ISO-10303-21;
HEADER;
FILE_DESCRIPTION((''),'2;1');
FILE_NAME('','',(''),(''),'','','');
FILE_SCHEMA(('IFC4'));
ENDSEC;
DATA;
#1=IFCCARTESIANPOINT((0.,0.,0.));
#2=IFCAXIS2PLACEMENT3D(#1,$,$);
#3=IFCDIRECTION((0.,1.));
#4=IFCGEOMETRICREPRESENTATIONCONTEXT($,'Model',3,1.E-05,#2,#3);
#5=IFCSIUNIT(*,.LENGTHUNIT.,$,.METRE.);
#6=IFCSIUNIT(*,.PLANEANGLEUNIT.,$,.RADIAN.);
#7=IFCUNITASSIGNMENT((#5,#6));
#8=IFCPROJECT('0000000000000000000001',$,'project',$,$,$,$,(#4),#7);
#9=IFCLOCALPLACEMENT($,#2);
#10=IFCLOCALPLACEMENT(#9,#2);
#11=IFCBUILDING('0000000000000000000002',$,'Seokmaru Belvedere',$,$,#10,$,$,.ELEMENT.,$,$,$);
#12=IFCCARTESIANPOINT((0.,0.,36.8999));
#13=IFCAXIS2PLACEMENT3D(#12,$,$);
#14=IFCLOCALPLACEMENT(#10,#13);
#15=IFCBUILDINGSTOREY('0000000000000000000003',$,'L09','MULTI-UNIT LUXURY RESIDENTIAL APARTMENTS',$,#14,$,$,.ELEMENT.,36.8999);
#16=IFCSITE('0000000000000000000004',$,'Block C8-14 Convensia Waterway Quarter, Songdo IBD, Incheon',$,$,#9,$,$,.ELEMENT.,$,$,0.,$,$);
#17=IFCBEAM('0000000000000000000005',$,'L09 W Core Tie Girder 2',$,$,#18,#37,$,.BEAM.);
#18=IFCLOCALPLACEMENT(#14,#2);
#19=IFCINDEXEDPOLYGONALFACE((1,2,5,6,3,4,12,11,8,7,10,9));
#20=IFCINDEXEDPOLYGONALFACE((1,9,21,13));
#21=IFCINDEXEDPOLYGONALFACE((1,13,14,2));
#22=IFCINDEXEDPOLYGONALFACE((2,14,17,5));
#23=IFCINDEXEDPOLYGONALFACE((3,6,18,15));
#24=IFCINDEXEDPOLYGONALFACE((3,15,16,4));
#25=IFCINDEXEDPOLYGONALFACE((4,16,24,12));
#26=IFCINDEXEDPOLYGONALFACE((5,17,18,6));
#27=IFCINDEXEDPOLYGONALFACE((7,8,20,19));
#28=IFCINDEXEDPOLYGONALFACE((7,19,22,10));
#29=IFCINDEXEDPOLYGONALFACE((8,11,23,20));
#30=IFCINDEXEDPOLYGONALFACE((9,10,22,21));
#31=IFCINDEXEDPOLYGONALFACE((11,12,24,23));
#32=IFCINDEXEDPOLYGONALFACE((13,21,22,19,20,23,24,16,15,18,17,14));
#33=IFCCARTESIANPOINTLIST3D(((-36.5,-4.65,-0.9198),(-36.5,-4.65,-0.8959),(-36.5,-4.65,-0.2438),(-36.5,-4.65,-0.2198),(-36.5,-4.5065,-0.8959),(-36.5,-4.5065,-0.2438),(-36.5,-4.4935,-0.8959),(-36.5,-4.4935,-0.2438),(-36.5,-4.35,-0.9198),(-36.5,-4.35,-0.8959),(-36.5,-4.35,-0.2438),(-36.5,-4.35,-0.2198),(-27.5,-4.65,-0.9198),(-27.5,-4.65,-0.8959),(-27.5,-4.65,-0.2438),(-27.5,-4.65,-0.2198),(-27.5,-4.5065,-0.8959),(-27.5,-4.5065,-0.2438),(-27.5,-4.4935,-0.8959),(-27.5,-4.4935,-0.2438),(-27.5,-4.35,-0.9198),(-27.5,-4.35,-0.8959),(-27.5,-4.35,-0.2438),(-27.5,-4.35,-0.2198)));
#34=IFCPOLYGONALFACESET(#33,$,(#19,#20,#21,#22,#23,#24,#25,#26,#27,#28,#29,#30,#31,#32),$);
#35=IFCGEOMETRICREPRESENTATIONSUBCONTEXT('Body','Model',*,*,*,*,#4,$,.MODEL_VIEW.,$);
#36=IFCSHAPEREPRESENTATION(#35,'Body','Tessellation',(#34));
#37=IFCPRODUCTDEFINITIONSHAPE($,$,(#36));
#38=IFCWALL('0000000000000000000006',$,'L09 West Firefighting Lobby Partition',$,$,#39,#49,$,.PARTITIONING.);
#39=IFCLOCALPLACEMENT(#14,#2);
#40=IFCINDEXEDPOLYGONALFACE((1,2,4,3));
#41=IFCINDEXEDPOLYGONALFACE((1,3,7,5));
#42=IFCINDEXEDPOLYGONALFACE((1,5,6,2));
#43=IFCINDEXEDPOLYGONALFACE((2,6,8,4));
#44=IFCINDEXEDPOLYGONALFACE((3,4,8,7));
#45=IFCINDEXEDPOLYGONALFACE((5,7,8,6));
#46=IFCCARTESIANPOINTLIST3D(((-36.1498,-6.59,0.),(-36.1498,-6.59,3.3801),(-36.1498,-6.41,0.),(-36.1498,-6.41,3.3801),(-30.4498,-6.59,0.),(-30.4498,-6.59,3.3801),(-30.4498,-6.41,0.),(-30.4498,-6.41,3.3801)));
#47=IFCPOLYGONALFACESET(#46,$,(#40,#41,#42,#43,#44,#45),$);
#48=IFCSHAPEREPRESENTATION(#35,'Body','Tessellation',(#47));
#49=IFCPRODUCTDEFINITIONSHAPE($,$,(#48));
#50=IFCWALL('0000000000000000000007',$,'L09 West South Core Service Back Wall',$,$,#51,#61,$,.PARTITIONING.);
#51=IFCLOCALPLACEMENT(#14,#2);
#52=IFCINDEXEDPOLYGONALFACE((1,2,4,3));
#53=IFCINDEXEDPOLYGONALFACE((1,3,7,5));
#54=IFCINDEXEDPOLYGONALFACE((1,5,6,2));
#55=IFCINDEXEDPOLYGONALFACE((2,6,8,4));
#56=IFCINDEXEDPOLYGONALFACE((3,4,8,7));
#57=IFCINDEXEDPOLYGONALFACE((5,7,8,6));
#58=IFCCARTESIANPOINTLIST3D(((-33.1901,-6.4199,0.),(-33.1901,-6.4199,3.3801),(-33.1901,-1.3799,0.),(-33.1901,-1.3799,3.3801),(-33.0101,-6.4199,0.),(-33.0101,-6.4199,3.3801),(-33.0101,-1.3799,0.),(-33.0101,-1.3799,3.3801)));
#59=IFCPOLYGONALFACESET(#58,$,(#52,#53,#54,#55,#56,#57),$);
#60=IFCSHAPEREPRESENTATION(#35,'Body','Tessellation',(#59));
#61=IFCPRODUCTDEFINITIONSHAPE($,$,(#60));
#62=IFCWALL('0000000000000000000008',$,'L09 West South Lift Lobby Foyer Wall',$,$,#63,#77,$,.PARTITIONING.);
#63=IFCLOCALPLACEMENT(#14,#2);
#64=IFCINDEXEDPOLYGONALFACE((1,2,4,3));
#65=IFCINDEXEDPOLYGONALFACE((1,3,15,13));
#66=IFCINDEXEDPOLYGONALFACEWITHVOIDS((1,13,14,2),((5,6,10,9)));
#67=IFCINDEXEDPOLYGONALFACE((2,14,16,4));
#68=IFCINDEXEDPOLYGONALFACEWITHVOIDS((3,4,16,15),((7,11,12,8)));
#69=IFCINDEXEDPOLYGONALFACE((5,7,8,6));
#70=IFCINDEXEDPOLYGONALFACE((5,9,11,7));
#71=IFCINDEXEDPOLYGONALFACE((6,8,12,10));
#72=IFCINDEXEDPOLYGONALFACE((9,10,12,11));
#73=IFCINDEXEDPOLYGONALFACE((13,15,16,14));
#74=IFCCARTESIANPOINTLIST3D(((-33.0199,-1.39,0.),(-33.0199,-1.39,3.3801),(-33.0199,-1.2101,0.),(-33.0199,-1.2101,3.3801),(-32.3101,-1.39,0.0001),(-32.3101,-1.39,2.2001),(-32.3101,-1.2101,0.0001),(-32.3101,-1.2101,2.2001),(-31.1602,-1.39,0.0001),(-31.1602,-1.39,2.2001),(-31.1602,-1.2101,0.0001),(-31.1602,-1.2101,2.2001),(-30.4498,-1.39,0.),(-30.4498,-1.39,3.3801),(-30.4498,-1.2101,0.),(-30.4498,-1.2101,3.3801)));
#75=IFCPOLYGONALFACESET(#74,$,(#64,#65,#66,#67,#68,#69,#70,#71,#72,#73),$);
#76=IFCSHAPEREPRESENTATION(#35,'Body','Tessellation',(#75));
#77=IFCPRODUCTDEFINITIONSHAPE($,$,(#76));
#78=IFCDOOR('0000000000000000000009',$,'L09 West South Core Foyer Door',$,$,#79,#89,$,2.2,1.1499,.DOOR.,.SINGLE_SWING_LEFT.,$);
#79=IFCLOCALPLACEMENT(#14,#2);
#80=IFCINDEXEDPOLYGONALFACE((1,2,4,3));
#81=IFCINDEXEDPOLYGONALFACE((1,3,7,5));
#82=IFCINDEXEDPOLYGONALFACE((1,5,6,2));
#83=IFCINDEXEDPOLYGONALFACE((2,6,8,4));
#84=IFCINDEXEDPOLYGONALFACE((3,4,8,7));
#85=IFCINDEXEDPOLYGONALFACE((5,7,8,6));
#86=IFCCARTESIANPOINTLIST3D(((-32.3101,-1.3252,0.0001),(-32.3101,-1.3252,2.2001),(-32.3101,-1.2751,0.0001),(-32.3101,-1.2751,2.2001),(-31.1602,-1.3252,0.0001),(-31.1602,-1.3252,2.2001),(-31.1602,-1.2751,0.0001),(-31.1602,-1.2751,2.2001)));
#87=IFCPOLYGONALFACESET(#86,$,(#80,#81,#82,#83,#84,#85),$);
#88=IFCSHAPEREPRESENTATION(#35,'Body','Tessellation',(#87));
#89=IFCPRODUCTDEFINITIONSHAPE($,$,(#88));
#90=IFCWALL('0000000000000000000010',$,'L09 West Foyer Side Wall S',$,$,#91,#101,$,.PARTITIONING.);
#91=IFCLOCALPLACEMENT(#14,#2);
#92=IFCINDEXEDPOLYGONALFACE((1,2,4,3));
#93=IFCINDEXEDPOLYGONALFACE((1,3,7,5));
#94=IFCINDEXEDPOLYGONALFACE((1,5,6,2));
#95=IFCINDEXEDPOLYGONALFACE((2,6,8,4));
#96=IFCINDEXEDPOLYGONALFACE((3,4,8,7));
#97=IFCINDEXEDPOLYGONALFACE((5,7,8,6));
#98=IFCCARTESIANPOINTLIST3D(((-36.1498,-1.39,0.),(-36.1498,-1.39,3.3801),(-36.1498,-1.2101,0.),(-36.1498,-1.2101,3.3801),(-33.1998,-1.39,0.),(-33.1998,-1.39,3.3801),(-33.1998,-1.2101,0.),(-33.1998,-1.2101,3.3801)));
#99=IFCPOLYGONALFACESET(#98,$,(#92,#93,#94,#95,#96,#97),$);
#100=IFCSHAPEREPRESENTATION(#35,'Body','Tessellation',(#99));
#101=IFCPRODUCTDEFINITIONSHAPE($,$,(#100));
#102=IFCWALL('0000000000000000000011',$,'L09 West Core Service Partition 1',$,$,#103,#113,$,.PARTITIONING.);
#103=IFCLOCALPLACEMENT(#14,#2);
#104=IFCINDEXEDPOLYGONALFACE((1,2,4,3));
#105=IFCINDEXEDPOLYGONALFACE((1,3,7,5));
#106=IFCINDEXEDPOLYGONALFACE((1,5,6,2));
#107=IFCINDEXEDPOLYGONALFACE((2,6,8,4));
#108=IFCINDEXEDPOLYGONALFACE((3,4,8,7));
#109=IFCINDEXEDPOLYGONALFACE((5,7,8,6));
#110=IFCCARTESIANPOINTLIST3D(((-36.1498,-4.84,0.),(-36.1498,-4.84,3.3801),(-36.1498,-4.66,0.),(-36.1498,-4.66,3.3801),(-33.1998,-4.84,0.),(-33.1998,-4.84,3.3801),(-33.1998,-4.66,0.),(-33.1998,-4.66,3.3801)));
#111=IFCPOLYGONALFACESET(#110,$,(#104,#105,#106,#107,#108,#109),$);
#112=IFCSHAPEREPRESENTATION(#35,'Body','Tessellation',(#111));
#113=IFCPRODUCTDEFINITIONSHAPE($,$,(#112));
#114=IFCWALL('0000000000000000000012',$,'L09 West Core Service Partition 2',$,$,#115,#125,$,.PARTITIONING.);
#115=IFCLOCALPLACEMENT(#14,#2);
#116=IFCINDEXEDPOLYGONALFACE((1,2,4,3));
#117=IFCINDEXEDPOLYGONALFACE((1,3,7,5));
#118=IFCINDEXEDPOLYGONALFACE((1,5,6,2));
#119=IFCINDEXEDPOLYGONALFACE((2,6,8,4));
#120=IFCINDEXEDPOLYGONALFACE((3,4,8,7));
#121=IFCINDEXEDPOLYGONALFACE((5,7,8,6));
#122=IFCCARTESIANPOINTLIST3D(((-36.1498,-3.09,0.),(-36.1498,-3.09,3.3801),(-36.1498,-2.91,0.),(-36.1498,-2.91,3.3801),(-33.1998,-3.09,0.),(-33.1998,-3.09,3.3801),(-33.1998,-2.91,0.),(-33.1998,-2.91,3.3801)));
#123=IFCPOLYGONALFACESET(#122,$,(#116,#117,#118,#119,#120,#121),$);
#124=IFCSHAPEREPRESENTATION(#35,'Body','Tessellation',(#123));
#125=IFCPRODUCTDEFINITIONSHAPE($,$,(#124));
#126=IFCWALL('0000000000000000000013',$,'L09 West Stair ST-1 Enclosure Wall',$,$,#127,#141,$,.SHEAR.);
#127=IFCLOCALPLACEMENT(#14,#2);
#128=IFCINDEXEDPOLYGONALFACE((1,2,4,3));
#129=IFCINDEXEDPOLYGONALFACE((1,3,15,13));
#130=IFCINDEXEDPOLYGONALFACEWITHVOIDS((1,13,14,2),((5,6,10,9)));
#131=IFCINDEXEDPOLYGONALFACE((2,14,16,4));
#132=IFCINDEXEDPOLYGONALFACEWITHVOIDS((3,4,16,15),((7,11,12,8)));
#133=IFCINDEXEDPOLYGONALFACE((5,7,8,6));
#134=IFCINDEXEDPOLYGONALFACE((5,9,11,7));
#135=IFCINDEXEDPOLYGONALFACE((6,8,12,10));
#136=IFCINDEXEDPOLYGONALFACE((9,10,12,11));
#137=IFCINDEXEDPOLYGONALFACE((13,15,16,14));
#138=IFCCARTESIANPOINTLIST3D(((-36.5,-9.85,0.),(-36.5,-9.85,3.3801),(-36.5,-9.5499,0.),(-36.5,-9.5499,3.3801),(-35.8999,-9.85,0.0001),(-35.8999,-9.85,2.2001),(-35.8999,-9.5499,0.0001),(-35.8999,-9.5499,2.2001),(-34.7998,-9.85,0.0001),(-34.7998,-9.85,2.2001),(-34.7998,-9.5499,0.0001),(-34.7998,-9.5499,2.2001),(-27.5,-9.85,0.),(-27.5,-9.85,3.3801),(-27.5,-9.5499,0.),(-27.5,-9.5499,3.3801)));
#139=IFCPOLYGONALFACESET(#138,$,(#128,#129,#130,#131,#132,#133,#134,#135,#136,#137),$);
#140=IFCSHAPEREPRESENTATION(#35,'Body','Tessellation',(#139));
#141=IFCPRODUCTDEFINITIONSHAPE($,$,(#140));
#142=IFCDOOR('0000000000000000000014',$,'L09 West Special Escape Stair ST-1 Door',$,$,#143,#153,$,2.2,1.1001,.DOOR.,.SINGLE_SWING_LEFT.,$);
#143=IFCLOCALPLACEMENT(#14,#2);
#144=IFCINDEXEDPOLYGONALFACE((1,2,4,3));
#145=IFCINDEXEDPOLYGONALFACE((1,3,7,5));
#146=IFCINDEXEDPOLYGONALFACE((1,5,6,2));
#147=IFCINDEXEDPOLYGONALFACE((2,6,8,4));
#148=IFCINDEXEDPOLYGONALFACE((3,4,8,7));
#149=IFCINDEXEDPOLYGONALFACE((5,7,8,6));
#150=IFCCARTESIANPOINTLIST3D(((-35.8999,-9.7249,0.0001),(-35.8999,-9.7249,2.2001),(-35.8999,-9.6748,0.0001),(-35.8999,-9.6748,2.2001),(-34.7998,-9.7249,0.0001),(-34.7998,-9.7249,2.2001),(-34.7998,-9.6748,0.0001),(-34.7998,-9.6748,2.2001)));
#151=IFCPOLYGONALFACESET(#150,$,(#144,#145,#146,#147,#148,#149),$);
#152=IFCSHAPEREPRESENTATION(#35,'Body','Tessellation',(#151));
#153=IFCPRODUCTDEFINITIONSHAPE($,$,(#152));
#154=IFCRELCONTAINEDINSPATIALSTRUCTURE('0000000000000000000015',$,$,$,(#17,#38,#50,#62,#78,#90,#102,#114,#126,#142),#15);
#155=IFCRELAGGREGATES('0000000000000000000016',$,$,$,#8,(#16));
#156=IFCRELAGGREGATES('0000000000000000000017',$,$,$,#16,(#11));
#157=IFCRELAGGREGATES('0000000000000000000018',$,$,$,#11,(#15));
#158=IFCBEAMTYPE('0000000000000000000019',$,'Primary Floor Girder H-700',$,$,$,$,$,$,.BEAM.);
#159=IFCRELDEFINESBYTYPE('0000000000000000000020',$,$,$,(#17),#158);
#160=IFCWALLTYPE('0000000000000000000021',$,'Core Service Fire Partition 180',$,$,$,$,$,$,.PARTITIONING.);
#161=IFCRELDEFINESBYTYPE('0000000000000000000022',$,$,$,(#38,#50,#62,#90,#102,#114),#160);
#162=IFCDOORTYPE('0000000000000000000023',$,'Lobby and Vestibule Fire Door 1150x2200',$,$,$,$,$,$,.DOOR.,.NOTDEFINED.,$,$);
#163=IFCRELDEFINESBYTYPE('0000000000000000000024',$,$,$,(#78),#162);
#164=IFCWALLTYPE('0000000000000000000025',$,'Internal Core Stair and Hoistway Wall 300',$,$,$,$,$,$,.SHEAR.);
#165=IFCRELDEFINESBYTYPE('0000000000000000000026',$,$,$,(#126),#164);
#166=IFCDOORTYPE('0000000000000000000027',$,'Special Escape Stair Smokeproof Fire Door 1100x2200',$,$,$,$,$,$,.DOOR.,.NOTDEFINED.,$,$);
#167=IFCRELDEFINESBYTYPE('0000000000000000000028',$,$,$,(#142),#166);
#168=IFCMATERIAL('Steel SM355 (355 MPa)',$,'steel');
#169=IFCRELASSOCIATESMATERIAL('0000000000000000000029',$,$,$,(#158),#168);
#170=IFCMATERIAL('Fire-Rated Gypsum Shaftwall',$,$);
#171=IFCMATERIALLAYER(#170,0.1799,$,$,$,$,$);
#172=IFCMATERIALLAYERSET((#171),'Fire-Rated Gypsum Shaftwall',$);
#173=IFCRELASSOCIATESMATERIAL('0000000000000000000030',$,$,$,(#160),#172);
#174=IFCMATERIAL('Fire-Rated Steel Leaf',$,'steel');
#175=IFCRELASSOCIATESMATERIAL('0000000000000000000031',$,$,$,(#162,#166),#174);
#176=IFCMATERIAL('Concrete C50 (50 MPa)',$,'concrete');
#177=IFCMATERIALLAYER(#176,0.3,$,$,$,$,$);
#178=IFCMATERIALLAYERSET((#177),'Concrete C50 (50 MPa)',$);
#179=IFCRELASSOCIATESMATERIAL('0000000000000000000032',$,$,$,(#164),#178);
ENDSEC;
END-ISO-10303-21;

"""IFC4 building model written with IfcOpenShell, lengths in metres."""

from ifc_helpers import new_model, si_unit, direction, frame, frame_2d, origin, origin_2d, place, context, subcontext, project, spatial, rectangle, i_section, extrude, source, transform, mapped, material, layer, layer_set, material_profile, profile_set, type_object, type_shapes, element, fill, save


model = new_model("IFC4")

# Units and contexts
model_context = context("Model", 3, precision=1e-05, world=origin(), true_north=direction((0.0, 1.0)))
body_context = subcontext(model_context, "Body", "Model", "MODEL_VIEW")
ifc_project = project(units=[si_unit("LENGTHUNIT", "METRE"), si_unit("PLANEANGLEUNIT", "RADIAN")], contexts=[model_context])

# Site, building, storey
site_placement = place(None, origin())
site = spatial("IfcSite", under=ifc_project, at=site_placement, Name="Block C8-14 Convensia Waterway Quarter, Songdo IBD, Incheon", CompositionType="ELEMENT", RefElevation=0.0)
building_placement = place(site_placement, origin())
building = spatial("IfcBuilding", under=site, at=building_placement, Name="Seokmaru Belvedere", CompositionType="ELEMENT")
storey_placement = place(building_placement, frame((0.0, 0.0, 36.8999)))
storey = spatial("IfcBuildingStorey", under=building, at=storey_placement, Name="L09", Description="MULTI-UNIT LUXURY RESIDENTIAL APARTMENTS", CompositionType="ELEMENT", Elevation=36.8999)

# Beam
ifc_material_1 = material(Name="Steel SM355 (355 MPa)", Category="steel")
ifc_material_profile = material_profile(ifc_material_1, i_section(OverallWidth=0.3, OverallDepth=0.7, WebThickness=0.0129, FlangeThickness=0.0239, at=origin_2d()), Name="H-700x300x13x24")
ifc_profile_set = profile_set([ifc_material_profile], Name="Steel SM355 (355 MPa)")
beam_type = type_object("IfcBeamType", Name="Primary Floor Girder H-700", PredefinedType="BEAM", material=ifc_profile_set)
shared_shape_1 = source(origin(), body_context, "Body", "SweptSolid", [
    extrude(i_section(OverallWidth=0.3, OverallDepth=0.7, WebThickness=0.0129, FlangeThickness=0.0239, at=origin_2d()), origin(), (0.0, 0.0, 1.0), 9.0),
])
type_shapes(beam_type, [shared_shape_1])
beam_placement = place(storey_placement, frame((-36.5, -4.5, -0.5698), z_axis=(1.0, 0.0, 0.0), x_axis=(0.0, 1.0, 0.0)))
element("IfcBeam", 1, at=beam_placement, inside=storey, type_object=beam_type, Name="L09 W Core Tie Girder 2", PredefinedType="BEAM", context=body_context, shape_type="MappedRepresentation", body=[
    mapped(shared_shape_1, transform((0.0, 0.0, 0.0), scale=1.0)),
])

# Walls
ifc_material_2 = material(Name="Fire-Rated Gypsum Shaftwall")
ifc_layer_1 = layer(ifc_material_2, 0.1799)
ifc_layer_set_1 = layer_set([ifc_layer_1], Name="Fire-Rated Gypsum Shaftwall")
wall_type_1 = type_object("IfcWallType", Name="Core Service Fire Partition 180", PredefinedType="PARTITIONING", material=ifc_layer_set_1)
wall_1_placement = place(storey_placement, frame((-36.1499, -6.5, 0.0), z_axis=(0.0, 0.0, 1.0), x_axis=(1.0, 0.0, 0.0)))
element("IfcWall", 2, at=wall_1_placement, inside=storey, type_object=wall_type_1, Name="L09 West Firefighting Lobby Partition", PredefinedType="PARTITIONING", context=body_context, shape_type="SweptSolid", body=[
    extrude(rectangle(XDim=5.7, YDim=0.1799, at=frame_2d((2.8501, 0.0))), origin(), (0.0, 0.0, 1.0), 3.3801),
])
wall_2_placement = place(storey_placement, frame((-33.1001, -6.4199, 0.0), z_axis=(0.0, 0.0, 1.0), x_axis=(0.0, 1.0, 0.0)))
element("IfcWall", 3, at=wall_2_placement, inside=storey, type_object=wall_type_1, Name="L09 West South Core Service Back Wall", PredefinedType="PARTITIONING", context=body_context, shape_type="SweptSolid", body=[
    extrude(rectangle(XDim=5.04, YDim=0.1799, at=frame_2d((2.52, 0.0))), origin(), (0.0, 0.0, 1.0), 3.3801),
])

# Wall, opening, door
wall_3_placement = place(storey_placement, frame((-33.02, -1.3, 0.0), z_axis=(0.0, 0.0, 1.0), x_axis=(1.0, 0.0, 0.0)))
wall_3 = element("IfcWall", 4, at=wall_3_placement, inside=storey, type_object=wall_type_1, Name="L09 West South Lift Lobby Foyer Wall", PredefinedType="PARTITIONING", context=body_context, shape_type="SweptSolid", body=[
    extrude(rectangle(XDim=2.5701, YDim=0.1799, at=frame_2d((1.2852, 0.0))), origin(), (0.0, 0.0, 1.0), 3.3801),
])
opening_1_placement = place(wall_3_placement, frame((0.71, 0.0, 0.0)))
opening_1 = element("IfcOpeningElement", 5, at=opening_1_placement, cuts=wall_3, PredefinedType="OPENING", context=body_context, shape_type="SweptSolid", body=[
    extrude(rectangle(XDim=1.1499, YDim=2.2, at=frame_2d((0.575, 1.1001))), frame((0.0, 0.1001, 0.0), z_axis=(0.0, -1.0, 0.0), x_axis=(1.0, 0.0, 0.0)), (0.0, 0.0, 1.0), 0.2),
])
ifc_material_3 = material(Name="Fire-Rated Steel Leaf", Category="steel")
door_type_1 = type_object("IfcDoorType", Name="Lobby and Vestibule Fire Door 1150x2200", OperationType="NOTDEFINED", PredefinedType="DOOR", material=ifc_material_3)
shared_shape_2 = source(origin(), body_context, "Body", "SweptSolid", [
    extrude(rectangle(XDim=1.1499, YDim=2.2, at=frame_2d((0.575, 1.1001))), frame((0.0, 0.0249, 0.0), z_axis=(0.0, -1.0, 0.0), x_axis=(1.0, 0.0, 0.0)), (0.0, 0.0, 1.0), 0.05),
])
type_shapes(door_type_1, [shared_shape_2])
door_1_placement = place(opening_1_placement, origin())
door_1 = element("IfcDoor", 6, at=door_1_placement, inside=storey, type_object=door_type_1, Name="L09 West South Core Foyer Door", OperationType="SINGLE_SWING_LEFT", OverallHeight=2.2, OverallWidth=1.1499, PredefinedType="DOOR", context=body_context, shape_type="MappedRepresentation", body=[
    mapped(shared_shape_2, transform((0.0, 0.0, 0.0), scale=1.0)),
])
fill(opening_1, door_1)

# Walls
for number, where, z_axis, x_axis, name in (
    (7, (-36.1499, -1.3, 0.0), (0.0, 0.0, 1.0), (1.0, 0.0, 0.0), "L09 West Foyer Side Wall S"),
    (8, (-36.1499, -4.75, 0.0), (0.0, 0.0, 1.0), (1.0, 0.0, 0.0), "L09 West Core Service Partition 1"),
    (9, (-36.1499, -3.0, 0.0), (0.0, 0.0, 1.0), (1.0, 0.0, 0.0), "L09 West Core Service Partition 2"),
):
    element("IfcWall", number, at=place(storey_placement, frame(where, z_axis=z_axis, x_axis=x_axis)), inside=storey, type_object=wall_type_1, Name=name, PredefinedType="PARTITIONING", context=body_context, shape_type="SweptSolid", body=[
        extrude(rectangle(XDim=2.95, YDim=0.1799, at=frame_2d((1.4751, 0.0))), origin(), (0.0, 0.0, 1.0), 3.3801),
    ])

# Wall, opening, door
ifc_material_4 = material(Name="Concrete C50 (50 MPa)", Category="concrete")
ifc_layer_2 = layer(ifc_material_4, 0.3)
ifc_layer_set_2 = layer_set([ifc_layer_2], Name="Concrete C50 (50 MPa)")
wall_type_2 = type_object("IfcWallType", Name="Internal Core Stair and Hoistway Wall 300", PredefinedType="SHEAR", material=ifc_layer_set_2)
wall_4_placement = place(storey_placement, frame((-36.5, -9.7, 0.0), z_axis=(0.0, 0.0, 1.0), x_axis=(1.0, 0.0, 0.0)))
wall_4 = element("IfcWall", 10, at=wall_4_placement, inside=storey, type_object=wall_type_2, Name="L09 West Stair ST-1 Enclosure Wall", PredefinedType="SHEAR", context=body_context, shape_type="SweptSolid", body=[
    extrude(rectangle(XDim=9.0, YDim=0.3, at=frame_2d((4.5, 0.0))), origin(), (0.0, 0.0, 1.0), 3.3801),
])
opening_2_placement = place(wall_4_placement, frame((0.6001, 0.0, 0.0)))
opening_2 = element("IfcOpeningElement", 11, at=opening_2_placement, cuts=wall_4, PredefinedType="OPENING", context=body_context, shape_type="SweptSolid", body=[
    extrude(rectangle(XDim=1.1001, YDim=2.2, at=frame_2d((0.55, 1.1001))), frame((0.0, 0.1602, 0.0), z_axis=(0.0, -1.0, 0.0), x_axis=(1.0, 0.0, 0.0)), (0.0, 0.0, 1.0), 0.3201),
])
door_type_2 = type_object("IfcDoorType", Name="Special Escape Stair Smokeproof Fire Door 1100x2200", OperationType="NOTDEFINED", PredefinedType="DOOR", material=ifc_material_3)
shared_shape_3 = source(origin(), body_context, "Body", "SweptSolid", [
    extrude(rectangle(XDim=1.1001, YDim=2.2, at=frame_2d((0.55, 1.1001))), frame((0.0, 0.0249, 0.0), z_axis=(0.0, -1.0, 0.0), x_axis=(1.0, 0.0, 0.0)), (0.0, 0.0, 1.0), 0.05),
])
type_shapes(door_type_2, [shared_shape_3])
door_2_placement = place(opening_2_placement, frame((1.1001, 0.0, 0.0), z_axis=(0.0, 0.0, 1.0), x_axis=(-1.0, 0.0, 0.0)))
door_2 = element("IfcDoor", 12, at=door_2_placement, inside=storey, type_object=door_type_2, Name="L09 West Special Escape Stair ST-1 Door", OperationType="SINGLE_SWING_LEFT", OverallHeight=2.2, OverallWidth=1.1001, PredefinedType="DOOR", context=body_context, shape_type="MappedRepresentation", body=[
    mapped(shared_shape_3, transform((0.0, 0.0, 0.0), scale=1.0)),
])
fill(opening_2, door_2)

save(model, "model.ifc")
